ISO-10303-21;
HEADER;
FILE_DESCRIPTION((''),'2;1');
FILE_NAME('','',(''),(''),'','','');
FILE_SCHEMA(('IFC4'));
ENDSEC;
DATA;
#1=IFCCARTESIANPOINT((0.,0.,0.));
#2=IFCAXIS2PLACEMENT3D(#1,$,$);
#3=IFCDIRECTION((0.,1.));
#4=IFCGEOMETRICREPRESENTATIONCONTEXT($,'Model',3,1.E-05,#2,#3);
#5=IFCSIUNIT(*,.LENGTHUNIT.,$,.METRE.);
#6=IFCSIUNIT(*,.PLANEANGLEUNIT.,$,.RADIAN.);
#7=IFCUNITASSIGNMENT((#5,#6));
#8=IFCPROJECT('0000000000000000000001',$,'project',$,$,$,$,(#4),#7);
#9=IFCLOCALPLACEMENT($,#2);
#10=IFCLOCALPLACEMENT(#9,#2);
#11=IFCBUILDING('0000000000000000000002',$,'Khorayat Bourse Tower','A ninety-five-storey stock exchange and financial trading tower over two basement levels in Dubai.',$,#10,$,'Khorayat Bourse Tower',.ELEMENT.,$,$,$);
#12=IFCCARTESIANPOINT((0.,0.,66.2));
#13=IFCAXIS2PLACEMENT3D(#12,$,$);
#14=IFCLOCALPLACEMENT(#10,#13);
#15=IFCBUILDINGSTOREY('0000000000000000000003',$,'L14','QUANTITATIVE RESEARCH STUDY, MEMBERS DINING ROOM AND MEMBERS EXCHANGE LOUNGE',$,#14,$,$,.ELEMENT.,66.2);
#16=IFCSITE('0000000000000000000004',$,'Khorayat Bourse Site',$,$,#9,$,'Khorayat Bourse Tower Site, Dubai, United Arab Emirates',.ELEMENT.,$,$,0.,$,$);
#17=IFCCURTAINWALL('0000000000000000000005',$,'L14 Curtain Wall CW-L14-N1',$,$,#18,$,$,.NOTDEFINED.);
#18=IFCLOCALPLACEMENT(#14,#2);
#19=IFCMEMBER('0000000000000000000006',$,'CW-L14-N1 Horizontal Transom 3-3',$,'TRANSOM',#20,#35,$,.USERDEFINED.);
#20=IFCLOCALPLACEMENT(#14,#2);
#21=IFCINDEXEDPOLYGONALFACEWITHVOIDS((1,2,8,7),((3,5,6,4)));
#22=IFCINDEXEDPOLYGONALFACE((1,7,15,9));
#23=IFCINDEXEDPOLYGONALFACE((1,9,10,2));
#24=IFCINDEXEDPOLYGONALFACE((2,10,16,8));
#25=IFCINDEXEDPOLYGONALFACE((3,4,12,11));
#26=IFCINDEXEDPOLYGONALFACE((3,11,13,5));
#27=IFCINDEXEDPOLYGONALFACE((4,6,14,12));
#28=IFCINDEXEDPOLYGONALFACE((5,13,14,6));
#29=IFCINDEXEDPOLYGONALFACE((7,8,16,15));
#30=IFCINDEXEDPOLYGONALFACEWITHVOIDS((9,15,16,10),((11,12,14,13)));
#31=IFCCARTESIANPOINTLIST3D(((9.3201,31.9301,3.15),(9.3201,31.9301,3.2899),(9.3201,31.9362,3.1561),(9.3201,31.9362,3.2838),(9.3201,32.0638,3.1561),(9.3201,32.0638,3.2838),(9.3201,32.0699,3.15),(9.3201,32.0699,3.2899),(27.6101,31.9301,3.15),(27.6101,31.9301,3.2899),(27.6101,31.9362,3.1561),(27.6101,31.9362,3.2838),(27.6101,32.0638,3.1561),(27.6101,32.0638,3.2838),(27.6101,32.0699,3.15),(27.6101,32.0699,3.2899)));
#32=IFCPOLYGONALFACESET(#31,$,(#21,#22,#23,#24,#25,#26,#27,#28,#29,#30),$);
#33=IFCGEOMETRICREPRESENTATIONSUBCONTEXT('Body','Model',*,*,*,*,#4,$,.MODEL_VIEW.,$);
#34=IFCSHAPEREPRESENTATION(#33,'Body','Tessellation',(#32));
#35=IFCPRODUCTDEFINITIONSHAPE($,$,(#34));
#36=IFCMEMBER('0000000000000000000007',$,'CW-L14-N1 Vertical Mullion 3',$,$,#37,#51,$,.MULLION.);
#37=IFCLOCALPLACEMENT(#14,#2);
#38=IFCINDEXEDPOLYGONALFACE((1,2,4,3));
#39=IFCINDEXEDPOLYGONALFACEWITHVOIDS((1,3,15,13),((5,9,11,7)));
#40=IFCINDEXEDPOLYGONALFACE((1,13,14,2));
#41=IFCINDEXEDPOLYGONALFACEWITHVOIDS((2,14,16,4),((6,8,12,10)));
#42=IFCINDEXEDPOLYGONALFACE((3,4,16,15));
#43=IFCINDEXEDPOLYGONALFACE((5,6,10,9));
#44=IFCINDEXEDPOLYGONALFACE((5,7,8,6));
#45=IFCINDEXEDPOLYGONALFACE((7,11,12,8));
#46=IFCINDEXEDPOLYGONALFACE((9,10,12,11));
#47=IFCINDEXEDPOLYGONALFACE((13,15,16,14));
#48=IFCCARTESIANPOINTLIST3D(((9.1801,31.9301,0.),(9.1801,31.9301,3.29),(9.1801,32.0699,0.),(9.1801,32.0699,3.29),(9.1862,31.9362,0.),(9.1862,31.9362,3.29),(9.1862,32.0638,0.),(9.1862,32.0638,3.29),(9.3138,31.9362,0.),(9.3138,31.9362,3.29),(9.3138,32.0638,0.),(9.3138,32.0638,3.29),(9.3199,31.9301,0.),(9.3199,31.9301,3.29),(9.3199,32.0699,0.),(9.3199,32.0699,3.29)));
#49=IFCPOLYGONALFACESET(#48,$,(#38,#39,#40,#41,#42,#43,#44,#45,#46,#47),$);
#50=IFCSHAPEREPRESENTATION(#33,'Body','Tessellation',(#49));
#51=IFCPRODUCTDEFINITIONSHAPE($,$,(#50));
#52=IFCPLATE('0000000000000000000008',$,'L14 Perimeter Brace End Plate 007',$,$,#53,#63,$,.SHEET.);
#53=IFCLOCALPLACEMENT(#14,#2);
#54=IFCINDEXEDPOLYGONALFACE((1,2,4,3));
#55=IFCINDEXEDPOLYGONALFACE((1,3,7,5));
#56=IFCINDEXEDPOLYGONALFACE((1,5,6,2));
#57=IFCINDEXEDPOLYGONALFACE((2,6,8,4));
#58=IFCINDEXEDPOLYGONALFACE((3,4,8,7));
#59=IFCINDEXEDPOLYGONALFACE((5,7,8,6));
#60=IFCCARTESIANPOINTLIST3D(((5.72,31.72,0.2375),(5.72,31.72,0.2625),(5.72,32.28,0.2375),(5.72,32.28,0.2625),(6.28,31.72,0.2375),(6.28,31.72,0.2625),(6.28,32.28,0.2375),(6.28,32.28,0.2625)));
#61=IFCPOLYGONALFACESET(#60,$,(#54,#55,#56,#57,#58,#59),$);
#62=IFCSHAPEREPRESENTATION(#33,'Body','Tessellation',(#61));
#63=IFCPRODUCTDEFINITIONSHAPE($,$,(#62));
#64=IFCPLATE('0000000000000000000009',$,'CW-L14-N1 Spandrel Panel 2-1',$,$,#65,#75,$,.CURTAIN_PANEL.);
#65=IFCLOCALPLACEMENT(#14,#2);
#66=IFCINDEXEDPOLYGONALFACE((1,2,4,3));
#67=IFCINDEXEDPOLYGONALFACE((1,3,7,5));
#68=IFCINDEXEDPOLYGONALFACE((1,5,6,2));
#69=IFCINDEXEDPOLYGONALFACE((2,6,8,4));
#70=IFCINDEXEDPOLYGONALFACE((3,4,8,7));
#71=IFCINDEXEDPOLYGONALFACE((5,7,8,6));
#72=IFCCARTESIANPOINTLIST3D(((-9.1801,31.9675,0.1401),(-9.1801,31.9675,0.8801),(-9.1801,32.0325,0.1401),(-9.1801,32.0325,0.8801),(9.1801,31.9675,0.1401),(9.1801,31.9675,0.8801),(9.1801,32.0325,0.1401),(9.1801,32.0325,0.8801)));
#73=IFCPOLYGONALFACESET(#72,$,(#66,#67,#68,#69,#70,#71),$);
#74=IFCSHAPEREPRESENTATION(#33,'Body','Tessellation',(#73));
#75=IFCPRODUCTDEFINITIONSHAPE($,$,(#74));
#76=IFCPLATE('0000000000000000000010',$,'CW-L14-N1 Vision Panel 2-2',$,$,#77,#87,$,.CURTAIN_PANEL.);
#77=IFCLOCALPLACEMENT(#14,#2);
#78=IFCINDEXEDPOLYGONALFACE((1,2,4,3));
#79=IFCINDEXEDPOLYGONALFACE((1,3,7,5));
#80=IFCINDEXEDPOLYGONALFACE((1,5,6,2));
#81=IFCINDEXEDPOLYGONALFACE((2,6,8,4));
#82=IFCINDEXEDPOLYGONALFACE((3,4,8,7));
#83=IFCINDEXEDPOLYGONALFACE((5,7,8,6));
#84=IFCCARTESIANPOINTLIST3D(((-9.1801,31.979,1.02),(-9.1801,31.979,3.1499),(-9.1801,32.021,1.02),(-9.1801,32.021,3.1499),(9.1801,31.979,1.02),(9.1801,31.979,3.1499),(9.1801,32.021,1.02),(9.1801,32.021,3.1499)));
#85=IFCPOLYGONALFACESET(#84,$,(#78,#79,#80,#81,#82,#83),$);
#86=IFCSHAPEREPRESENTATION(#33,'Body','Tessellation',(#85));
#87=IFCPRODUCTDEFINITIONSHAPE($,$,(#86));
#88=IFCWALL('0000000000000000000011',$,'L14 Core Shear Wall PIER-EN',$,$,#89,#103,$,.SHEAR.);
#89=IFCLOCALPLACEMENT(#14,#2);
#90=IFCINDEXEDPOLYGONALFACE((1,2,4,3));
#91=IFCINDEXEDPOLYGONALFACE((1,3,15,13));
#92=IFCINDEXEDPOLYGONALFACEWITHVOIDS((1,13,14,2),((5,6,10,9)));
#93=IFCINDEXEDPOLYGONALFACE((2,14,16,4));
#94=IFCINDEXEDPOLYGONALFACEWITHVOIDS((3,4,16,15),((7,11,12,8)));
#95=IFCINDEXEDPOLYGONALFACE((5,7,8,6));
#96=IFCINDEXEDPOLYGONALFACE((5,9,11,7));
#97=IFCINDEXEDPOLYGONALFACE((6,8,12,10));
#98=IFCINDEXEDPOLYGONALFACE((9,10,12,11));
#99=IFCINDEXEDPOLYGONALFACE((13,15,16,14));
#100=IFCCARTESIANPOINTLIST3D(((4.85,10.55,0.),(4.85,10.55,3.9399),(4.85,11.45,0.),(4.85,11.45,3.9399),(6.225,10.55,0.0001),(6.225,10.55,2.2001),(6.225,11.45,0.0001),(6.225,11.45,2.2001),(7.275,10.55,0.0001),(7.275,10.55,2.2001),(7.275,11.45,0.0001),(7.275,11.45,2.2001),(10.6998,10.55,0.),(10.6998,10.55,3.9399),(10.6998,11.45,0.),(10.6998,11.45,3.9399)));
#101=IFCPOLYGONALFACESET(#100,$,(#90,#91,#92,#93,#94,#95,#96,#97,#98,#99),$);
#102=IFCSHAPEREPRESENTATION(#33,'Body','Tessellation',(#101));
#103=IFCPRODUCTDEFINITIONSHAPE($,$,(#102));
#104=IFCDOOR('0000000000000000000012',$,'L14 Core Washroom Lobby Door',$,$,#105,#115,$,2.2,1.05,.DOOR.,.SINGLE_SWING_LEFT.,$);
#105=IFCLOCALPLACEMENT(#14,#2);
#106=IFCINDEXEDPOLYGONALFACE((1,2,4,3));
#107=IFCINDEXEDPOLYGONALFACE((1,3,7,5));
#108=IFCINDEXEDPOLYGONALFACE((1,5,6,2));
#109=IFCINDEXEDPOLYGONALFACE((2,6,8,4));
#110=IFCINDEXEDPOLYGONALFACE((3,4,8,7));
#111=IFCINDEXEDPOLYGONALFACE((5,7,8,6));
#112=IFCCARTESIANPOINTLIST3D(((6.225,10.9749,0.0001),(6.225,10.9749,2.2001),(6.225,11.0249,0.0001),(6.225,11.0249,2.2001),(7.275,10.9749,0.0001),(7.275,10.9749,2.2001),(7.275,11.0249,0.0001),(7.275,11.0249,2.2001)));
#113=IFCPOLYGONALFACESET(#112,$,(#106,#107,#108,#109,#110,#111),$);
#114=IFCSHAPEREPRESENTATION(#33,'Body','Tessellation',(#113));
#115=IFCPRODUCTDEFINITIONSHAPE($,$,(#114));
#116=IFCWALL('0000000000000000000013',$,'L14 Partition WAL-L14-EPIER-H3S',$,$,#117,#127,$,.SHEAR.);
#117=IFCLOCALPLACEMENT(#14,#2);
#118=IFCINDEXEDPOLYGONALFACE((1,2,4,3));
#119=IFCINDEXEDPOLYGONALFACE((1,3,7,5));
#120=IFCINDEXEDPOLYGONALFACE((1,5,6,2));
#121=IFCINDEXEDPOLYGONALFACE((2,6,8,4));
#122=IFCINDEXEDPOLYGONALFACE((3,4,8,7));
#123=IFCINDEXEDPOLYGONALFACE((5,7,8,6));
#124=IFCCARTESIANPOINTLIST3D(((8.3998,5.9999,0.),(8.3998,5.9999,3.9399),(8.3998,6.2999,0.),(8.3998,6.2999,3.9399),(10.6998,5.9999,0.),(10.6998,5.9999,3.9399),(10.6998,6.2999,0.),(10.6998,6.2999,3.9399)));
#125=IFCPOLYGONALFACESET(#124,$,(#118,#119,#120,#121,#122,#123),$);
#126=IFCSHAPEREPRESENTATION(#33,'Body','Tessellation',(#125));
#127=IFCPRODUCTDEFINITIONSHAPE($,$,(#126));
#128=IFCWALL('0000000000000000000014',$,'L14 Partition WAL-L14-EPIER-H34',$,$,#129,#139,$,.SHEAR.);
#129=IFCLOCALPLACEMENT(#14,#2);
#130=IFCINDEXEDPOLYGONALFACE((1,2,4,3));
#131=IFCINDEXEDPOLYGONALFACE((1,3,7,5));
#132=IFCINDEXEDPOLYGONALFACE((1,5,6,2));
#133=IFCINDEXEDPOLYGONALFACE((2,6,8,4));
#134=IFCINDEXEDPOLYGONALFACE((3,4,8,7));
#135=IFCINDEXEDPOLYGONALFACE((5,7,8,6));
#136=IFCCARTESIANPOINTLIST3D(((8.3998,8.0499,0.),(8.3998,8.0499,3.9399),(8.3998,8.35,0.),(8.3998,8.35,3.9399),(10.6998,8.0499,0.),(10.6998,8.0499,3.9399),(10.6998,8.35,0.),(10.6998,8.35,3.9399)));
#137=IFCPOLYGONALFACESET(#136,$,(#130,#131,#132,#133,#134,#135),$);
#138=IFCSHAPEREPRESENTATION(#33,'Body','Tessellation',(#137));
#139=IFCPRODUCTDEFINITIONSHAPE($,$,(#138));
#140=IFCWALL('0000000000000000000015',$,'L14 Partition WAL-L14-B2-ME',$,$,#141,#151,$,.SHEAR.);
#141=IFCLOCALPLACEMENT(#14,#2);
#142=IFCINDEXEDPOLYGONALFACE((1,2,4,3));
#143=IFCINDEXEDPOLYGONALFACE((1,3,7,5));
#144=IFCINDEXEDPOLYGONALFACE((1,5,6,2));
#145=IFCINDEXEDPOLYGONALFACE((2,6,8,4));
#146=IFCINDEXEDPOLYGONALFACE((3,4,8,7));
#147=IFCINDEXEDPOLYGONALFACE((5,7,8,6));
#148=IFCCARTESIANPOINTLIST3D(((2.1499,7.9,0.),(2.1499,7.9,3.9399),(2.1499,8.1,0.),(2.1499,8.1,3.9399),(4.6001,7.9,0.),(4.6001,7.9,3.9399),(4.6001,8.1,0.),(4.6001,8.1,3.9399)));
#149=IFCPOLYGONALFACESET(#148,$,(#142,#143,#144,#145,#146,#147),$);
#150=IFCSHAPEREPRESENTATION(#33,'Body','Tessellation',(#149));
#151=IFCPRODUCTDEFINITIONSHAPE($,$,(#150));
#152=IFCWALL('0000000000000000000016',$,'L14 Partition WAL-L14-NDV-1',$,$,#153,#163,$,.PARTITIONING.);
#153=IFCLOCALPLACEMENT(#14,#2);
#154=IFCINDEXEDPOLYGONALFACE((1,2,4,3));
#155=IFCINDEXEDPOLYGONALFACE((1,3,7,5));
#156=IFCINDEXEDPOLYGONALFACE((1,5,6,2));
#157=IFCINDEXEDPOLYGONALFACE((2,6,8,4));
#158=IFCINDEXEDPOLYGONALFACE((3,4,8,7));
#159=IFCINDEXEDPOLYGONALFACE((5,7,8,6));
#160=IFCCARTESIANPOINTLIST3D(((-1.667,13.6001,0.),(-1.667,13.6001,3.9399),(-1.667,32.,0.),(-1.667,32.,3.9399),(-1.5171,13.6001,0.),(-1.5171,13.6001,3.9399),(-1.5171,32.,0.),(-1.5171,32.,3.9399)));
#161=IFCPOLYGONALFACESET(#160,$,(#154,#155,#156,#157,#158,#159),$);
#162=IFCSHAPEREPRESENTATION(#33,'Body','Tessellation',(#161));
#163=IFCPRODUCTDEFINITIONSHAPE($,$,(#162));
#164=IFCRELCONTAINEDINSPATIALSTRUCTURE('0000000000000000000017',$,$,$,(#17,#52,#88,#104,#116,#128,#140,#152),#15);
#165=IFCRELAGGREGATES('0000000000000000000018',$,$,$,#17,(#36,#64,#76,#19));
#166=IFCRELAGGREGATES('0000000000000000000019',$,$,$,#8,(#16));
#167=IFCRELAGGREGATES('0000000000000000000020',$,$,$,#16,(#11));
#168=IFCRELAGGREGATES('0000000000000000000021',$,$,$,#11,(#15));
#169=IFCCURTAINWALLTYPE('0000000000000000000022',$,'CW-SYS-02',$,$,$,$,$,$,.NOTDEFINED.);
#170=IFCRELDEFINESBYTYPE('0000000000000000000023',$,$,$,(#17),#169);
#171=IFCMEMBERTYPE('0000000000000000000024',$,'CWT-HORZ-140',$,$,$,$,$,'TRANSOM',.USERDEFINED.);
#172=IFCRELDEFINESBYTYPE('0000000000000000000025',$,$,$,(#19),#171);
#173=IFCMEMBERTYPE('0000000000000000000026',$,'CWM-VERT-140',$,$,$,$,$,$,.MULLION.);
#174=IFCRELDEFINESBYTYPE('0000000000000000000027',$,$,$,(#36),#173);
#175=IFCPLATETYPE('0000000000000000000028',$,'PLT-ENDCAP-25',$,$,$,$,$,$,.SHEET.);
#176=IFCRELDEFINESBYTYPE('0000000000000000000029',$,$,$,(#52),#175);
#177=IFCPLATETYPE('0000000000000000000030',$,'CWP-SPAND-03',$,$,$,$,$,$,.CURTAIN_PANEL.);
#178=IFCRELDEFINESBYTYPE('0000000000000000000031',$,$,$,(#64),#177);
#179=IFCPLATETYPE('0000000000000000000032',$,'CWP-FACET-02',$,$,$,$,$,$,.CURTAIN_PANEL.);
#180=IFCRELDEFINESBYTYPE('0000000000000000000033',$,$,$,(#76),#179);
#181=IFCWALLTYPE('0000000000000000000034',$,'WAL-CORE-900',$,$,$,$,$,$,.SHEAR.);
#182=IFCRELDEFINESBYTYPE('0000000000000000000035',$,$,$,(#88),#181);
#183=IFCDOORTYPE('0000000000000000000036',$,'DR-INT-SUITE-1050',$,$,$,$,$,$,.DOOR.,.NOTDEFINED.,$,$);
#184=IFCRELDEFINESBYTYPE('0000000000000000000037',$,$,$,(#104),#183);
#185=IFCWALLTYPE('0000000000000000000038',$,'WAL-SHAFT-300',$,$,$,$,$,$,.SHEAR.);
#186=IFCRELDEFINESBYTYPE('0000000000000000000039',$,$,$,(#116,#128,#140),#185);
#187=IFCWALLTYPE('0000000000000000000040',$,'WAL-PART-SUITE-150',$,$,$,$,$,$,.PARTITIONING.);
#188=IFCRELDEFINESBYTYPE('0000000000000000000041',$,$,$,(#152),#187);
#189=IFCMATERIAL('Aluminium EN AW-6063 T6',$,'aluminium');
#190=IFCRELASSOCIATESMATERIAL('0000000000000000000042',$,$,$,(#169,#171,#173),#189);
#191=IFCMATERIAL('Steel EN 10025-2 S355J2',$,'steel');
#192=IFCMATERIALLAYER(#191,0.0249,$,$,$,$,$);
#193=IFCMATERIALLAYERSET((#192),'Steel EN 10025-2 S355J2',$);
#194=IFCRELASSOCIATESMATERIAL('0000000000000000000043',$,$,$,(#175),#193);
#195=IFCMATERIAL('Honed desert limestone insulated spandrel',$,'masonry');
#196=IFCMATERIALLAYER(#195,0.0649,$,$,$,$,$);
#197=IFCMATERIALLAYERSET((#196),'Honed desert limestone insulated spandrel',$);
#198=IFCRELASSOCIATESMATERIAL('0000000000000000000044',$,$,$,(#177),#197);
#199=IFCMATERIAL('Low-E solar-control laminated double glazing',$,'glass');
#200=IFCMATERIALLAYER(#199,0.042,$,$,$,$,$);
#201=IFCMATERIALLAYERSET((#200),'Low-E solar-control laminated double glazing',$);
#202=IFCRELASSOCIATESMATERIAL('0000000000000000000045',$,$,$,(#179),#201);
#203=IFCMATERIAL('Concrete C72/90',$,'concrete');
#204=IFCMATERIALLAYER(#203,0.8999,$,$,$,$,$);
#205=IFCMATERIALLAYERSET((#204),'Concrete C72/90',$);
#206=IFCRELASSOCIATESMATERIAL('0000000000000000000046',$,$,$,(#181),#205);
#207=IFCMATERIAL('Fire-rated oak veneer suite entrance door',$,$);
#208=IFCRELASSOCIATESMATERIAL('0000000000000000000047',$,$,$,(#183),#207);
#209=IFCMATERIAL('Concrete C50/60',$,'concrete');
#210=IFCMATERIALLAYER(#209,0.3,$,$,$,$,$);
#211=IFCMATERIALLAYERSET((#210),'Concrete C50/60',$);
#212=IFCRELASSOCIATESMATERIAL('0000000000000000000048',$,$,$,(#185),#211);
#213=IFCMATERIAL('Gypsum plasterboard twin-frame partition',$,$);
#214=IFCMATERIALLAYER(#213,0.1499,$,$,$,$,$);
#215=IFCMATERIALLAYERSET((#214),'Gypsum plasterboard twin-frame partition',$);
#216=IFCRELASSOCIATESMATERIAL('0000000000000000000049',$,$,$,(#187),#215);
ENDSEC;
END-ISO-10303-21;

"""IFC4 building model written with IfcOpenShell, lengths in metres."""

from ifc_helpers import new_model, si_unit, direction, frame, frame_2d, origin, origin_2d, place, context, subcontext, project, spatial, rectangle, hollow_rectangle, extrude, source, transform, mapped, material, layer, layer_set, material_profile, profile_set, type_object, element, fill, aggregate, save


model = new_model("IFC4")

# Units and contexts
model_context = context("Model", 3, precision=1e-05, world=origin(), true_north=direction((0.0, 1.0)))
body_context = subcontext(model_context, "Body", "Model", "MODEL_VIEW")
ifc_project = project(units=[si_unit("LENGTHUNIT", "METRE"), si_unit("PLANEANGLEUNIT", "RADIAN")], contexts=[model_context])

# Site, building, storey
site_placement = place(None, origin())
site = spatial("IfcSite", under=ifc_project, at=site_placement, Name="Khorayat Bourse Site", LongName="Khorayat Bourse Tower Site, Dubai, United Arab Emirates", CompositionType="ELEMENT", RefElevation=0.0)
building_placement = place(site_placement, origin())
building = spatial("IfcBuilding", under=site, at=building_placement, Name="Khorayat Bourse Tower", Description="A ninety-five-storey stock exchange and financial trading tower over two basement levels in Dubai.", LongName="Khorayat Bourse Tower", CompositionType="ELEMENT")
storey_placement = place(building_placement, frame((0.0, 0.0, 66.2)))
storey = spatial("IfcBuildingStorey", under=building, at=storey_placement, Name="L14", Description="QUANTITATIVE RESEARCH STUDY, MEMBERS DINING ROOM AND MEMBERS EXCHANGE LOUNGE", CompositionType="ELEMENT", Elevation=66.2)

# Shared definitions
ifc_material_1 = material(Name="Concrete C72/90", Category="concrete")

# Curtain wall, members
ifc_material_2 = material(Name="Aluminium EN AW-6063 T6", Category="aluminium")
curtain_wall_type = type_object("IfcCurtainWallType", Name="CW-SYS-02", PredefinedType="NOTDEFINED", material=ifc_material_2)
curtain_wall_placement = place(storey_placement, origin())
curtain_wall = element("IfcCurtainWall", 1, at=curtain_wall_placement, inside=storey, type_object=curtain_wall_type, Name="L14 Curtain Wall CW-L14-N1", PredefinedType="NOTDEFINED")
ifc_material_profile_1 = material_profile(ifc_material_2, hollow_rectangle(XDim=0.1399, YDim=0.1399, WallThickness=0.0061, at=origin_2d()), Name="ALU 140x140x6")
ifc_profile_set_1 = profile_set([ifc_material_profile_1], Name="Aluminium EN AW-6063 T6")
member_type_1 = type_object("IfcMemberType", Name="CWT-HORZ-140", ElementType="TRANSOM", PredefinedType="USERDEFINED", material=ifc_profile_set_1)
shared_shape_1 = source(origin(), body_context, "Body", "SweptSolid", [
    extrude(hollow_rectangle(XDim=0.1399, YDim=0.1399, WallThickness=0.0061, at=origin_2d()), origin(), (0.0, 0.0, 1.0), 18.29),
])
member_1_placement = place(storey_placement, frame((9.3201, 32.0, 3.22), z_axis=(1.0, 0.0, 0.0), x_axis=(0.0, 1.0, 0.0)))
member_1 = element("IfcMember", 2, at=member_1_placement, type_object=member_type_1, Name="CW-L14-N1 Horizontal Transom 3-3", ObjectType="TRANSOM", PredefinedType="USERDEFINED", context=body_context, shape_type="MappedRepresentation", body=[
    mapped(shared_shape_1, transform((0.0, 0.0, 0.0), scale=1.0)),
])
ifc_material_profile_2 = material_profile(ifc_material_2, hollow_rectangle(XDim=0.1399, YDim=0.1399, WallThickness=0.0061, at=origin_2d()), Name="ALU 140x140x6")
ifc_profile_set_2 = profile_set([ifc_material_profile_2], Name="Aluminium EN AW-6063 T6")
member_type_2 = type_object("IfcMemberType", Name="CWM-VERT-140", PredefinedType="MULLION", material=ifc_profile_set_2)
shared_shape_2 = source(origin(), body_context, "Body", "SweptSolid", [
    extrude(hollow_rectangle(XDim=0.1399, YDim=0.1399, WallThickness=0.0061, at=origin_2d()), origin(), (0.0, 0.0, 1.0), 3.29),
])
member_2_placement = place(storey_placement, frame((9.25, 32.0, 0.0), z_axis=(0.0, 0.0, 1.0), x_axis=(0.0, 1.0, 0.0)))
member_2 = element("IfcMember", 3, at=member_2_placement, type_object=member_type_2, Name="CW-L14-N1 Vertical Mullion 3", PredefinedType="MULLION", context=body_context, shape_type="MappedRepresentation", body=[
    mapped(shared_shape_2, transform((0.0, 0.0, 0.0), scale=1.0)),
])

# Plates
ifc_material_3 = material(Name="Steel EN 10025-2 S355J2", Category="steel")
ifc_layer_1 = layer(ifc_material_3, 0.0249)
ifc_layer_set_1 = layer_set([ifc_layer_1], Name="Steel EN 10025-2 S355J2")
plate_type_1 = type_object("IfcPlateType", Name="PLT-ENDCAP-25", PredefinedType="SHEET", material=ifc_layer_set_1)
shared_shape_3 = source(origin(), body_context, "Body", "SweptSolid", [
    extrude(rectangle(XDim=0.5601, YDim=0.5601, at=origin_2d()), origin(), (0.0, 0.0, 1.0), 0.0249),
])
plate_1_placement = place(storey_placement, frame((6.0, 32.0, 0.2375), z_axis=(0.0, 0.0, 1.0), x_axis=(1.0, 0.0, 0.0)))
element("IfcPlate", 4, at=plate_1_placement, inside=storey, type_object=plate_type_1, Name="L14 Perimeter Brace End Plate 007", PredefinedType="SHEET", context=body_context, shape_type="MappedRepresentation", body=[
    mapped(shared_shape_3, transform((0.0, 0.0, 0.0), scale=1.0)),
])
ifc_material_4 = material(Name="Honed desert limestone insulated spandrel", Category="masonry")
ifc_layer_2 = layer(ifc_material_4, 0.0649)
ifc_layer_set_2 = layer_set([ifc_layer_2], Name="Honed desert limestone insulated spandrel")
plate_type_2 = type_object("IfcPlateType", Name="CWP-SPAND-03", PredefinedType="CURTAIN_PANEL", material=ifc_layer_set_2)
shared_shape_4 = source(origin(), body_context, "Body", "SweptSolid", [
    extrude(rectangle(XDim=18.3601, YDim=0.0649, at=origin_2d()), origin(), (0.0, 0.0, 1.0), 0.74),
])
plate_2_placement = place(storey_placement, frame((0.0, 32.0, 0.1401), z_axis=(0.0, 0.0, 1.0), x_axis=(1.0, 0.0, 0.0)))
plate_2 = element("IfcPlate", 5, at=plate_2_placement, type_object=plate_type_2, Name="CW-L14-N1 Spandrel Panel 2-1", PredefinedType="CURTAIN_PANEL", context=body_context, shape_type="MappedRepresentation", body=[
    mapped(shared_shape_4, transform((0.0, 0.0, 0.0), scale=1.0)),
])
ifc_material_5 = material(Name="Low-E solar-control laminated double glazing", Category="glass")
ifc_layer_3 = layer(ifc_material_5, 0.042)
ifc_layer_set_3 = layer_set([ifc_layer_3], Name="Low-E solar-control laminated double glazing")
plate_type_3 = type_object("IfcPlateType", Name="CWP-FACET-02", PredefinedType="CURTAIN_PANEL", material=ifc_layer_set_3)
shared_shape_5 = source(origin(), body_context, "Body", "SweptSolid", [
    extrude(rectangle(XDim=18.3601, YDim=0.042, at=origin_2d()), origin(), (0.0, 0.0, 1.0), 2.1299),
])
plate_3_placement = place(storey_placement, frame((0.0, 32.0, 1.02), z_axis=(0.0, 0.0, 1.0), x_axis=(1.0, 0.0, 0.0)))
plate_3 = element("IfcPlate", 6, at=plate_3_placement, type_object=plate_type_3, Name="CW-L14-N1 Vision Panel 2-2", PredefinedType="CURTAIN_PANEL", context=body_context, shape_type="MappedRepresentation", body=[
    mapped(shared_shape_5, transform((0.0, 0.0, 0.0), scale=1.0)),
])
aggregate(curtain_wall, [member_2, plate_2, plate_3, member_1])

# Wall, opening, door
ifc_layer_4 = layer(ifc_material_1, 0.8999)
ifc_layer_set_4 = layer_set([ifc_layer_4], Name="Concrete C72/90")
wall_type_1 = type_object("IfcWallType", Name="WAL-CORE-900", PredefinedType="SHEAR", material=ifc_layer_set_4)
shared_shape_6 = source(origin(), body_context, "Body", "SweptSolid", [
    extrude(rectangle(XDim=5.8499, YDim=0.8999, at=frame_2d((2.9248, 0.0))), origin(), (0.0, 0.0, 1.0), 3.9399),
])
wall_1_placement = place(storey_placement, frame((4.8501, 11.0, 0.0), z_axis=(0.0, 0.0, 1.0), x_axis=(1.0, 0.0, 0.0)))
wall_1 = element("IfcWall", 7, at=wall_1_placement, inside=storey, type_object=wall_type_1, Name="L14 Core Shear Wall PIER-EN", PredefinedType="SHEAR", context=body_context, shape_type="MappedRepresentation", body=[
    mapped(shared_shape_6, transform((0.0, 0.0, 0.0), scale=1.0)),
])
shared_shape_7 = source(origin(), body_context, "Body", "SweptSolid", [
    extrude(rectangle(XDim=1.05, YDim=2.2, at=frame_2d((0.5249, 1.1001))), frame((0.0, 0.46, 0.0), z_axis=(0.0, -1.0, 0.0), x_axis=(1.0, 0.0, 0.0)), (0.0, 0.0, 1.0), 0.9199),
])
opening_1_placement = place(wall_1_placement, frame((1.375, 0.0, 0.0)))
opening_1 = element("IfcOpeningElement", 8, at=opening_1_placement, cuts=wall_1, PredefinedType="OPENING", context=body_context, shape_type="MappedRepresentation", body=[
    mapped(shared_shape_7, transform((0.0, 0.0, 0.0), scale=1.0)),
])
ifc_material_6 = material(Name="Fire-rated oak veneer suite entrance door")
door_type_1 = type_object("IfcDoorType", Name="DR-INT-SUITE-1050", OperationType="NOTDEFINED", PredefinedType="DOOR", material=ifc_material_6)
shared_shape_8 = source(origin(), body_context, "Body", "SweptSolid", [
    extrude(rectangle(XDim=1.05, YDim=2.2, at=frame_2d((0.5249, 1.1001))), frame((0.0, 0.0249, 0.0), z_axis=(0.0, -1.0, 0.0), x_axis=(1.0, 0.0, 0.0)), (0.0, 0.0, 1.0), 0.05),
])
door_1_placement = place(opening_1_placement, origin())
door_1 = element("IfcDoor", 9, at=door_1_placement, inside=storey, type_object=door_type_1, Name="L14 Core Washroom Lobby Door", OperationType="SINGLE_SWING_LEFT", OverallHeight=2.2, OverallWidth=1.05, PredefinedType="DOOR", context=body_context, shape_type="MappedRepresentation", body=[
    mapped(shared_shape_8, transform((0.0, 0.0, 0.0), scale=1.0)),
])
fill(opening_1, door_1)

# Walls
ifc_material_7 = material(Name="Concrete C50/60", Category="concrete")
ifc_layer_5 = layer(ifc_material_7, 0.3)
ifc_layer_set_5 = layer_set([ifc_layer_5], Name="Concrete C50/60")
wall_type_2 = type_object("IfcWallType", Name="WAL-SHAFT-300", PredefinedType="SHEAR", material=ifc_layer_set_5)
shared_shape_9 = source(origin(), body_context, "Body", "SweptSolid", [
    extrude(rectangle(XDim=2.3, YDim=0.3, at=frame_2d((1.1499, 0.0))), origin(), (0.0, 0.0, 1.0), 3.9399),
])
for number, where, z_axis, x_axis, name in (
    (10, (8.3999, 6.1499, 0.0), (0.0, 0.0, 1.0), (1.0, 0.0, 0.0), "L14 Partition WAL-L14-EPIER-H3S"),
    (11, (8.3999, 8.2, 0.0), (0.0, 0.0, 1.0), (1.0, 0.0, 0.0), "L14 Partition WAL-L14-EPIER-H34"),
):
    element("IfcWall", number, at=place(storey_placement, frame(where, z_axis=z_axis, x_axis=x_axis)), inside=storey, type_object=wall_type_2, Name=name, PredefinedType="SHEAR", context=body_context, shape_type="MappedRepresentation", body=[
        mapped(shared_shape_9, transform((0.0, 0.0, 0.0), scale=1.0)),
    ])

# Walls
shared_shape_10 = source(origin(), body_context, "Body", "SweptSolid", [
    extrude(rectangle(XDim=2.4502, YDim=0.2, at=frame_2d((1.2251, 0.0))), origin(), (0.0, 0.0, 1.0), 3.9399),
])
wall_2_placement = place(storey_placement, frame((2.1499, 8.0, 0.0), z_axis=(0.0, 0.0, 1.0), x_axis=(1.0, 0.0, 0.0)))
element("IfcWall", 12, at=wall_2_placement, inside=storey, type_object=wall_type_2, Name="L14 Partition WAL-L14-B2-ME", PredefinedType="SHEAR", context=body_context, shape_type="MappedRepresentation", body=[
    mapped(shared_shape_10, transform((0.0, 0.0, 0.0), scale=1.0)),
])
ifc_material_8 = material(Name="Gypsum plasterboard twin-frame partition")
ifc_layer_6 = layer(ifc_material_8, 0.1499)
ifc_layer_set_6 = layer_set([ifc_layer_6], Name="Gypsum plasterboard twin-frame partition")
wall_type_3 = type_object("IfcWallType", Name="WAL-PART-SUITE-150", PredefinedType="PARTITIONING", material=ifc_layer_set_6)
shared_shape_11 = source(origin(), body_context, "Body", "SweptSolid", [
    extrude(rectangle(XDim=18.3999, YDim=0.1499, at=frame_2d((9.2, 0.0))), origin(), (0.0, 0.0, 1.0), 3.9399),
])
wall_3_placement = place(storey_placement, frame((-1.592, 13.6001, 0.0), z_axis=(0.0, 0.0, 1.0), x_axis=(0.0, 1.0, 0.0)))
element("IfcWall", 13, at=wall_3_placement, inside=storey, type_object=wall_type_3, Name="L14 Partition WAL-L14-NDV-1", PredefinedType="PARTITIONING", context=body_context, shape_type="MappedRepresentation", body=[
    mapped(shared_shape_11, transform((0.0, 0.0, 0.0), scale=1.0)),
])

save(model, "model.ifc")
